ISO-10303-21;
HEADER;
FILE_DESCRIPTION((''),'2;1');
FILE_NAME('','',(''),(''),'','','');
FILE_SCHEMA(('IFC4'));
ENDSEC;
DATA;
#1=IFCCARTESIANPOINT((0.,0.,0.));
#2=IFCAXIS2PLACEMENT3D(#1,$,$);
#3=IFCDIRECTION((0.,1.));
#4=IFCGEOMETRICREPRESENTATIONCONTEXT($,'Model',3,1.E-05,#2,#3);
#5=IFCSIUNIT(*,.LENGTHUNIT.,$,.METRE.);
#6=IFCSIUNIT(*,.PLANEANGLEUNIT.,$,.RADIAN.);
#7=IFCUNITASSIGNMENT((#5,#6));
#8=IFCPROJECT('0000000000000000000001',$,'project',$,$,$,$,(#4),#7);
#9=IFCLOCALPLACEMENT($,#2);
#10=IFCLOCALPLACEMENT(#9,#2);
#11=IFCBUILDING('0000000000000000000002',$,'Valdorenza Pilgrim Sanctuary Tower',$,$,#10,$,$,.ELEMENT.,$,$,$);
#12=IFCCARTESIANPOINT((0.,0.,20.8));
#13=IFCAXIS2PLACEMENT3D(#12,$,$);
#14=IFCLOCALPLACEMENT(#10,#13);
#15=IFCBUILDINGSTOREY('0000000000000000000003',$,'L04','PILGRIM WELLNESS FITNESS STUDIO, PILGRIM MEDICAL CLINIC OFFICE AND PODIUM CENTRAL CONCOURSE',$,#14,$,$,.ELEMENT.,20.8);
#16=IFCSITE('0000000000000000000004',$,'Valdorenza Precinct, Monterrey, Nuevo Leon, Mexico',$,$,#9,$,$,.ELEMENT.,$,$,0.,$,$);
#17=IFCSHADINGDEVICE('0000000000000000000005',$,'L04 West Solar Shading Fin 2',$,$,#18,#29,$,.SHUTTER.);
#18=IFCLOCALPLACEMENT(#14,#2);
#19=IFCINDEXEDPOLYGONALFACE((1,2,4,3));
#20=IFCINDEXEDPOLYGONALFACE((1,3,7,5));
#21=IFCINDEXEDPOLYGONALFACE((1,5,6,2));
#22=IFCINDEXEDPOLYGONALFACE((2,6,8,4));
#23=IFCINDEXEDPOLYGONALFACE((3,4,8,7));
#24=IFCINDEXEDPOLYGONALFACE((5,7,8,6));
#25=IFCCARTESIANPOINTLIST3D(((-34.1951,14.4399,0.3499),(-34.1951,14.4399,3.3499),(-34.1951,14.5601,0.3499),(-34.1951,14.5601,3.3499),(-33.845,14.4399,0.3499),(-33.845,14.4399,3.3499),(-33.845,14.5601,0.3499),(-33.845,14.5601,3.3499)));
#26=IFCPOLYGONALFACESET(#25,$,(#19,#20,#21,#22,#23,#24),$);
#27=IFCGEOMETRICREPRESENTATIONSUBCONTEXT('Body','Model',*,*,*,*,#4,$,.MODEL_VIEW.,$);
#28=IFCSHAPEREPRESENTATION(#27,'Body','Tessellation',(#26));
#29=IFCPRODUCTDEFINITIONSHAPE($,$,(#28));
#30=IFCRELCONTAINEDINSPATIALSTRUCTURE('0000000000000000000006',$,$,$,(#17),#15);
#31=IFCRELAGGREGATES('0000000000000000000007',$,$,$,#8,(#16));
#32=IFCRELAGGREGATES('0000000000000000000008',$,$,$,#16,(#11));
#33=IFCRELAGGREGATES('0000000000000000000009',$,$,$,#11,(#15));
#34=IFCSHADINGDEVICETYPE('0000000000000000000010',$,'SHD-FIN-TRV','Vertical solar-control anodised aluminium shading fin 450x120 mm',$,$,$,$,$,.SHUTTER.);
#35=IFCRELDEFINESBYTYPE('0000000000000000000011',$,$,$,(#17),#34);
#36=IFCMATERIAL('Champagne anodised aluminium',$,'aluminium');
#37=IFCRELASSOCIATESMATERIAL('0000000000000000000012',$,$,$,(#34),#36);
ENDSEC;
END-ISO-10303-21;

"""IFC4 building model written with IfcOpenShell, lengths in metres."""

from ifc_helpers import new_model, si_unit, direction, frame, origin, origin_2d, place, context, subcontext, project, spatial, rectangle, extrude, source, transform, mapped, material, type_object, element, save


model = new_model("IFC4")

# Units and contexts
model_context = context("Model", 3, precision=1e-05, world=origin(), true_north=direction((0.0, 1.0)))
body_context = subcontext(model_context, "Body", "Model", "MODEL_VIEW")
ifc_project = project(units=[si_unit("LENGTHUNIT", "METRE"), si_unit("PLANEANGLEUNIT", "RADIAN")], contexts=[model_context])

# Site, building, storey
site_placement = place(None, origin())
site = spatial("IfcSite", under=ifc_project, at=site_placement, Name="Valdorenza Precinct, Monterrey, Nuevo Leon, Mexico", CompositionType="ELEMENT", RefElevation=0.0)
building_placement = place(site_placement, origin())
building = spatial("IfcBuilding", under=site, at=building_placement, Name="Valdorenza Pilgrim Sanctuary Tower", CompositionType="ELEMENT")
storey_placement = place(building_placement, frame((0.0, 0.0, 20.8)))
storey = spatial("IfcBuildingStorey", under=building, at=storey_placement, Name="L04", Description="PILGRIM WELLNESS FITNESS STUDIO, PILGRIM MEDICAL CLINIC OFFICE AND PODIUM CENTRAL CONCOURSE", CompositionType="ELEMENT", Elevation=20.8)

# Shading device
ifc_material_1 = material(Name="Champagne anodised aluminium", Category="aluminium")
shading_device_type = type_object("IfcShadingDeviceType", Name="SHD-FIN-TRV", Description="Vertical solar-control anodised aluminium shading fin 450x120 mm", PredefinedType="SHUTTER", material=ifc_material_1)
shared_shape_1 = source(origin(), body_context, "Body", "SweptSolid", [
    extrude(rectangle(XDim=0.3501, YDim=0.1201, at=origin_2d()), origin(), (0.0, 0.0, 1.0), 3.0),
])
shading_device_placement = place(storey_placement, frame((-34.02, 14.5, 0.3499), z_axis=(0.0, 0.0, 1.0), x_axis=(1.0, 0.0, 0.0)))
element("IfcShadingDevice", 1, at=shading_device_placement, inside=storey, type_object=shading_device_type, Name="L04 West Solar Shading Fin 2", PredefinedType="SHUTTER", context=body_context, shape_type="MappedRepresentation", body=[
    mapped(shared_shape_1, transform((0.0, 0.0, 0.0), x_axis=(1.0, 0.0, 0.0), y_axis=(0.0, 1.0, 0.0), z_axis=(0.0, 0.0, 1.0), scale=1.0)),
])

save(model, "model.ifc")
